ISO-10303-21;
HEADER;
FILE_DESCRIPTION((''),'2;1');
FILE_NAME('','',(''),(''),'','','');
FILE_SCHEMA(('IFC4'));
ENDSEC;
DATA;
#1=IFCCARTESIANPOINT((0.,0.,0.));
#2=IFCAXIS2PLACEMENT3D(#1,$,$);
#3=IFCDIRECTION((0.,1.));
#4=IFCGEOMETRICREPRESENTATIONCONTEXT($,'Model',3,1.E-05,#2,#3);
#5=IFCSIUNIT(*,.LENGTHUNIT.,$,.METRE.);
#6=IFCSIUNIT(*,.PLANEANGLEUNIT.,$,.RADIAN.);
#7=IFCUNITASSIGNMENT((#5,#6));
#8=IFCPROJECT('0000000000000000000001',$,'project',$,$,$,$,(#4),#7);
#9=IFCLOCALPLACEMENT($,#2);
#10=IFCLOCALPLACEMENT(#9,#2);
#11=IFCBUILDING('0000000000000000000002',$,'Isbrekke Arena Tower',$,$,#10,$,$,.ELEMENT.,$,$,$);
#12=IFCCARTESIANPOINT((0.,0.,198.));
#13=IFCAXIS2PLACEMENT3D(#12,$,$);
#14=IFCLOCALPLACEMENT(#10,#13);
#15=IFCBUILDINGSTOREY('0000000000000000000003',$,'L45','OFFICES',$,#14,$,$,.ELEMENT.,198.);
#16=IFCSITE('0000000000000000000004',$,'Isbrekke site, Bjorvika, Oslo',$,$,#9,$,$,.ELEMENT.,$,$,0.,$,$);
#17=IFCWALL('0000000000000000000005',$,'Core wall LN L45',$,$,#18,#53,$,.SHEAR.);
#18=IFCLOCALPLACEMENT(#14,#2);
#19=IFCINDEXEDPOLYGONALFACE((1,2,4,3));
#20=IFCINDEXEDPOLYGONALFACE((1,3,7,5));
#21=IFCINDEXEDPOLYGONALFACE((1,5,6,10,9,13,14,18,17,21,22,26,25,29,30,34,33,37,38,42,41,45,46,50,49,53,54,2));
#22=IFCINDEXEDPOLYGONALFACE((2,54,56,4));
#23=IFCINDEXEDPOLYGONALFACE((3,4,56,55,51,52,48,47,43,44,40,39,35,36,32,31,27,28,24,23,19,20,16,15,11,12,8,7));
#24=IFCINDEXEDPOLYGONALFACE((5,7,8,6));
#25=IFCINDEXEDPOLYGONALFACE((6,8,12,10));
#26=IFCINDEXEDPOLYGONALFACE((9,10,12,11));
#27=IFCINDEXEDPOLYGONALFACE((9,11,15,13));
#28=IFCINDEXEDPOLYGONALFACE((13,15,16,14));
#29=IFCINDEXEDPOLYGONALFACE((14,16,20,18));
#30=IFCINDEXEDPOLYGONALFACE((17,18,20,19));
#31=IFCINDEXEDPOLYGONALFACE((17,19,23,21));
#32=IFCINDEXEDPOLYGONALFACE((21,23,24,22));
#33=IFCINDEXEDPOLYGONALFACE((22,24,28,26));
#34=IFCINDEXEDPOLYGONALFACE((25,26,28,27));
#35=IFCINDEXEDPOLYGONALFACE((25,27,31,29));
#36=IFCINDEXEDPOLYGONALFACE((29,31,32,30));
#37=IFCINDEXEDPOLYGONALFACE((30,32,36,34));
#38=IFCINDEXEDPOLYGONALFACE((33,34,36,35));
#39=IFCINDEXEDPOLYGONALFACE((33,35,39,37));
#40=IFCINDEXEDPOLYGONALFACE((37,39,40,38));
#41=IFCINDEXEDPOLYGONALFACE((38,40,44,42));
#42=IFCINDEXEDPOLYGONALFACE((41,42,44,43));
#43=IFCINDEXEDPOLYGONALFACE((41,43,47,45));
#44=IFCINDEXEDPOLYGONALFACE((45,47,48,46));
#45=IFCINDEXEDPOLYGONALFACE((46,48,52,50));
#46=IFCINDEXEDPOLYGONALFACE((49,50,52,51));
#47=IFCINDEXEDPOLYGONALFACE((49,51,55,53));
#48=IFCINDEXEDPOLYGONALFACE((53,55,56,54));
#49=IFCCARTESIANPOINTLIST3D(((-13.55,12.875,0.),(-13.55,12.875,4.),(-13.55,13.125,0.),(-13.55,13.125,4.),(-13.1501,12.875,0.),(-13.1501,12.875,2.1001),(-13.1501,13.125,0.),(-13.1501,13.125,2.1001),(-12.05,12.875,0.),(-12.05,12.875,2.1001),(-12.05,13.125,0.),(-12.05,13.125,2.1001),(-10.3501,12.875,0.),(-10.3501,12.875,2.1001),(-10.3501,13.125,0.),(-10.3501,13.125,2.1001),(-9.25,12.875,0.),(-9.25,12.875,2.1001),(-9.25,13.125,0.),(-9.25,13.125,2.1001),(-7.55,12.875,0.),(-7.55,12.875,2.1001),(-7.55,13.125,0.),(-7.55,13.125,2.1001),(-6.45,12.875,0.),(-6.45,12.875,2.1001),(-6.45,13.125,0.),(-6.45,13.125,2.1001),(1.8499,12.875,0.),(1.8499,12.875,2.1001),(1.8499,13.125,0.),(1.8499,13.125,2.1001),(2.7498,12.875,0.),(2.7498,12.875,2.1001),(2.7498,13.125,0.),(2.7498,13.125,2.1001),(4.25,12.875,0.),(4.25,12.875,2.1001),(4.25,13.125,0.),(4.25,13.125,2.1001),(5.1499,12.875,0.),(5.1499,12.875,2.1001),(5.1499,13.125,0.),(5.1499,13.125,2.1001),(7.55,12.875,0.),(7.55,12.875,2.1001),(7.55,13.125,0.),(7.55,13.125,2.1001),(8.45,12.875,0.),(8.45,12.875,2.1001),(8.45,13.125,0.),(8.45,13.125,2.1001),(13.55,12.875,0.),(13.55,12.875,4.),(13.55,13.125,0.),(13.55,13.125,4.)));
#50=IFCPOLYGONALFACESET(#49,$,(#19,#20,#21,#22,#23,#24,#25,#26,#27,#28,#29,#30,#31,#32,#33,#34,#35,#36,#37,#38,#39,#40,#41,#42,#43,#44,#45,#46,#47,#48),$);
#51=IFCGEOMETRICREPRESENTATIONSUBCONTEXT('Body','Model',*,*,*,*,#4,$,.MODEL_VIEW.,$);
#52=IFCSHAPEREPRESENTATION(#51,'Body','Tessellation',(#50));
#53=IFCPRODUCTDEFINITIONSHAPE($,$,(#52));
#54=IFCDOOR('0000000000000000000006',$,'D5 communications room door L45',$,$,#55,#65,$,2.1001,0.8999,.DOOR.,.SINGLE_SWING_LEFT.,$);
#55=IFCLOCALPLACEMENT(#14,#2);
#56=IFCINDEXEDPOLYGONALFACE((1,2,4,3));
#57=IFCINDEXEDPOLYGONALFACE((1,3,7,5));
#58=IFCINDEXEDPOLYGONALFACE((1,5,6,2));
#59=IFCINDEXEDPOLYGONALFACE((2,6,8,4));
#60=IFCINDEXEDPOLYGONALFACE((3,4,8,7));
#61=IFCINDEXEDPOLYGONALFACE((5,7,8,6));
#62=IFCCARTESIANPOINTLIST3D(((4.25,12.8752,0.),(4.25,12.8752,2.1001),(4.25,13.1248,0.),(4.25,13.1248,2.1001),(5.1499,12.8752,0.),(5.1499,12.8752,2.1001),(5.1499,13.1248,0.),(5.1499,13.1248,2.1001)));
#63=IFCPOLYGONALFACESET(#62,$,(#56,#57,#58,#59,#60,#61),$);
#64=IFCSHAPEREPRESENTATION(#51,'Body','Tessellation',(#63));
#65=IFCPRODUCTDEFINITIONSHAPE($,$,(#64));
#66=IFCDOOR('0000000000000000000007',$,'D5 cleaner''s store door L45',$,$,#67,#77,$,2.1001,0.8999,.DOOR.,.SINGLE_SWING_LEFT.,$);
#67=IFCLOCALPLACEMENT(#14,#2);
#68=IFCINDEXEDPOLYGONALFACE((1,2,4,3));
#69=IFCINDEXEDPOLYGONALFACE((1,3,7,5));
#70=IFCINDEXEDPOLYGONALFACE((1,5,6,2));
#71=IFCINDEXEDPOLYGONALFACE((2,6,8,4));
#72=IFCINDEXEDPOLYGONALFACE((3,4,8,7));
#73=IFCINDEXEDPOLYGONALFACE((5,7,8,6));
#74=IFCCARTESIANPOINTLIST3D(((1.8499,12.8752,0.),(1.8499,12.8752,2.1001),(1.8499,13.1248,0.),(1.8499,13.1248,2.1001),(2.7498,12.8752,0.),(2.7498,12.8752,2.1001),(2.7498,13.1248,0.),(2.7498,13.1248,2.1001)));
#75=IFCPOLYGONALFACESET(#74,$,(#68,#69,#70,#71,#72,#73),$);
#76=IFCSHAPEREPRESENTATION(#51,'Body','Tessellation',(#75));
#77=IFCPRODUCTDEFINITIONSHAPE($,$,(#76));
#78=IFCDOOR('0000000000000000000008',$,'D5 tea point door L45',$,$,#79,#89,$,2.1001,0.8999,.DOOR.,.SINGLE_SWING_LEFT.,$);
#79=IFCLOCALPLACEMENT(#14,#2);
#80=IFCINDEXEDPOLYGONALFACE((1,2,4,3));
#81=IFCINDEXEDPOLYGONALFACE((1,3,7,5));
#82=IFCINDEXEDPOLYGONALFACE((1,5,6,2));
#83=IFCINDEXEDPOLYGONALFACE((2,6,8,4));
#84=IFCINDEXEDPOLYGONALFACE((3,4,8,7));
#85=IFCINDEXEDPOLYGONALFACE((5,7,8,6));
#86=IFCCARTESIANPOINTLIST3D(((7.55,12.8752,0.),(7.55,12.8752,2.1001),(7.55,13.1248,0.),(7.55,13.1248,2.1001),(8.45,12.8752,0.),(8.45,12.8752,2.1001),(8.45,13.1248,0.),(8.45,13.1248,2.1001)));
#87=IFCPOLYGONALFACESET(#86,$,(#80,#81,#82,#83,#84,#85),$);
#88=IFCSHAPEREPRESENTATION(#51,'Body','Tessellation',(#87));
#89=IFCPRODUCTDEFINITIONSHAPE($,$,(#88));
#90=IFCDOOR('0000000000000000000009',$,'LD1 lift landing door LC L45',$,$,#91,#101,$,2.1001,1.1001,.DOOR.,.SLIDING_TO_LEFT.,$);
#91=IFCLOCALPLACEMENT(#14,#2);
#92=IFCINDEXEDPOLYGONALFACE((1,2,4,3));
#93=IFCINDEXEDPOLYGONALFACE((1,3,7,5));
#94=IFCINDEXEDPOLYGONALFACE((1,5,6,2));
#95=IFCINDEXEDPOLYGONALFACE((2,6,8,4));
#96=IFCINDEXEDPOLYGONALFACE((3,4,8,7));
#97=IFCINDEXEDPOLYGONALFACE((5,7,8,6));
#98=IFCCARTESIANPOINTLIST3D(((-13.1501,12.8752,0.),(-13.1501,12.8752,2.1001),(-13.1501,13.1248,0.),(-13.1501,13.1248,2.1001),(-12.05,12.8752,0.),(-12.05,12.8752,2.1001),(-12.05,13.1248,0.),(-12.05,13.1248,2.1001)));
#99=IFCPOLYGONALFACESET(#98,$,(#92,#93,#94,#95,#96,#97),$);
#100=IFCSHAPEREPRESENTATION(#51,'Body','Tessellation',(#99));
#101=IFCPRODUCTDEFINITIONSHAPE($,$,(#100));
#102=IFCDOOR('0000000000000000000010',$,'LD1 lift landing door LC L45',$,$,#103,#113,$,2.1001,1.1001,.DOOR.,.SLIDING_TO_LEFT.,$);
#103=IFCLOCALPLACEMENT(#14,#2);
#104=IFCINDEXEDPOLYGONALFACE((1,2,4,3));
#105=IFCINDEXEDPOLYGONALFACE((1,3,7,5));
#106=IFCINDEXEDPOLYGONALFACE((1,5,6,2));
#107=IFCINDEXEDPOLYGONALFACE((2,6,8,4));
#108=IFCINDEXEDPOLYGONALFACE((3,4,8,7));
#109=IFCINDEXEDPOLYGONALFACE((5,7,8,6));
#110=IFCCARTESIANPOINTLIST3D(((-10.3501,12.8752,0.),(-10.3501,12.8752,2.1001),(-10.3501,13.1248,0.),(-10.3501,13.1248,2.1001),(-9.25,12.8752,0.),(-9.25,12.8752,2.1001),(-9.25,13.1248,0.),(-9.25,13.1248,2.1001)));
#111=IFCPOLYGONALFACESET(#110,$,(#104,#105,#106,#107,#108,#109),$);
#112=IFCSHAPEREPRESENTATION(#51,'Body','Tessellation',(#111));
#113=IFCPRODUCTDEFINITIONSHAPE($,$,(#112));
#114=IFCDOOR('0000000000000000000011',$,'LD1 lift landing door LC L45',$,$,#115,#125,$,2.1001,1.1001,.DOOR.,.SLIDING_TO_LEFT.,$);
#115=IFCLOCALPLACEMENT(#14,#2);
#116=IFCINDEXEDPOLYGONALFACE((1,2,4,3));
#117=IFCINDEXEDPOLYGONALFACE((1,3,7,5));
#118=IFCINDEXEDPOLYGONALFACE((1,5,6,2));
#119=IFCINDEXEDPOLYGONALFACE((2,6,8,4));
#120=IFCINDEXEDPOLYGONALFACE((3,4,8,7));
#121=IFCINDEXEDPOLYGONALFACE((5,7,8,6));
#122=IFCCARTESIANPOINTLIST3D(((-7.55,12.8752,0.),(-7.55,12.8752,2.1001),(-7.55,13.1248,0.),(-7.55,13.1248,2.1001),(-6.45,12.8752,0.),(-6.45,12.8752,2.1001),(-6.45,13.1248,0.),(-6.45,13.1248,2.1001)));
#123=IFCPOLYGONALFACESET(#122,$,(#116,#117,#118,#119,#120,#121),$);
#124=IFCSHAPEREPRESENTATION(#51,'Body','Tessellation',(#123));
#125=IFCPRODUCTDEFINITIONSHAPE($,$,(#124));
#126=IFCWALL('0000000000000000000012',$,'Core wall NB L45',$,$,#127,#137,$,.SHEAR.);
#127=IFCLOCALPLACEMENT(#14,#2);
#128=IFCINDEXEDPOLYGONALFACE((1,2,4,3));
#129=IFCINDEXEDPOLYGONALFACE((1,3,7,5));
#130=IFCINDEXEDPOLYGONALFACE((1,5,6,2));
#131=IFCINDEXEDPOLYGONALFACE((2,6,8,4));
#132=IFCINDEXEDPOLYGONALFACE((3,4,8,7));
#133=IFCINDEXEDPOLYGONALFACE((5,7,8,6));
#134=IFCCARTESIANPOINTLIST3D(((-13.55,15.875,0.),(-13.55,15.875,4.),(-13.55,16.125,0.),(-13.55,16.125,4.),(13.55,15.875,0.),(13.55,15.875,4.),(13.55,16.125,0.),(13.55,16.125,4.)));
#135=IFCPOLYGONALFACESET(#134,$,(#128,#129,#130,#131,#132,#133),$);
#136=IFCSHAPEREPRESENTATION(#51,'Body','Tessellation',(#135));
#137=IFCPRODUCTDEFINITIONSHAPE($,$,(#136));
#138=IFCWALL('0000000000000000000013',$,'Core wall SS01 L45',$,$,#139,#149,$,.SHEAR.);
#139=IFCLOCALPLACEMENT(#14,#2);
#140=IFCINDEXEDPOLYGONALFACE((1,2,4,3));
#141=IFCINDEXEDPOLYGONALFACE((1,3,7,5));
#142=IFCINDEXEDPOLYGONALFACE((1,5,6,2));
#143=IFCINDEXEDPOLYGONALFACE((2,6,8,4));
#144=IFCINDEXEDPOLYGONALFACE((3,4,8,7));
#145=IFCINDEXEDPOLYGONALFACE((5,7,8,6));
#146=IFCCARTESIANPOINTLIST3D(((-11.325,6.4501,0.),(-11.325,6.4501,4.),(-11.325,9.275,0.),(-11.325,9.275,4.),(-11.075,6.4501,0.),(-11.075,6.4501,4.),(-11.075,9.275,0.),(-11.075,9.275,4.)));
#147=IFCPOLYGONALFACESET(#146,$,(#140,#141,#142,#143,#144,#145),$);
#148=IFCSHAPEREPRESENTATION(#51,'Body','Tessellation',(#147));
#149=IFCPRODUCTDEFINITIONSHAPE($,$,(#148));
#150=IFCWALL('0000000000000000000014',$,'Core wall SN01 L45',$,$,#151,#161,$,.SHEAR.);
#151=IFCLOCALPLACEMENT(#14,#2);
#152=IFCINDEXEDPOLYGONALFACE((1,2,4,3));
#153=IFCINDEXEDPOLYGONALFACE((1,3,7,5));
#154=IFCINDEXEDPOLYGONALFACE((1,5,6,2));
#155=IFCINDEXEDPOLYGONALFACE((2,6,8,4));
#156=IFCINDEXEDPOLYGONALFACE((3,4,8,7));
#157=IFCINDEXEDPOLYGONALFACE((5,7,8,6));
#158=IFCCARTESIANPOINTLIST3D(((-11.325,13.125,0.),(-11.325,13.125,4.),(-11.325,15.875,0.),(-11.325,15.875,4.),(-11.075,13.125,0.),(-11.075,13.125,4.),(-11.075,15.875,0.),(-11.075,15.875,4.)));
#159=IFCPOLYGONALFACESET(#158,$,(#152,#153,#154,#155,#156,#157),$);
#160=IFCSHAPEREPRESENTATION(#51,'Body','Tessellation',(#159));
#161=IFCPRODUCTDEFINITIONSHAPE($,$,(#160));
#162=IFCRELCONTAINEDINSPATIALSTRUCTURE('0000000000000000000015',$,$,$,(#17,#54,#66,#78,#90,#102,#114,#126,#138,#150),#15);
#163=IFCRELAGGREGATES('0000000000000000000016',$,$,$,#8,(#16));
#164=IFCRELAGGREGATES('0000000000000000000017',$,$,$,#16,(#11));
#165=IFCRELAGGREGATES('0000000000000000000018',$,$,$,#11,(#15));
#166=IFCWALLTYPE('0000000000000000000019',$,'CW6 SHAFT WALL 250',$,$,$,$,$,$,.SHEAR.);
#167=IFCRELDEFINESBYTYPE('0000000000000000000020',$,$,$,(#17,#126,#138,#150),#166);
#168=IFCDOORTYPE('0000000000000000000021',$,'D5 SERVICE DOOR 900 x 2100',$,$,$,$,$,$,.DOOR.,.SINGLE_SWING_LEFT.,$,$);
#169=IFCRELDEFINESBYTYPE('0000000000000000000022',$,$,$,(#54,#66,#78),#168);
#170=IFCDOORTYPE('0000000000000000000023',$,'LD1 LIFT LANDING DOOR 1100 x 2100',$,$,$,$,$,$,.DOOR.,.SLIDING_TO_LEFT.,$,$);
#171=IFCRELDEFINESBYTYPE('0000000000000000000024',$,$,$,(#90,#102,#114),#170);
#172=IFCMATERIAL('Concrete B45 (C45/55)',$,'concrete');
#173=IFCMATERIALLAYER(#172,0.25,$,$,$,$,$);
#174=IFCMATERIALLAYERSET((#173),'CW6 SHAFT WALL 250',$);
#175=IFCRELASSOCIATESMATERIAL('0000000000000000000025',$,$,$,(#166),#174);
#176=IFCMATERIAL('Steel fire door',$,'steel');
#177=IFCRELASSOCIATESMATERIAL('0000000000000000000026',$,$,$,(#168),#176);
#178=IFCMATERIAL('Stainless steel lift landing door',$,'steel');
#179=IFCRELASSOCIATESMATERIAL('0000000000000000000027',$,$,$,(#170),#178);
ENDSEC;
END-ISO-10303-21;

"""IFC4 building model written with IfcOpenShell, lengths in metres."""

from ifc_helpers import new_model, si_unit, direction, frame, frame_2d, origin, place, context, subcontext, project, spatial, rectangle, extrude, material, layer, layer_set, type_object, element, fill, save


model = new_model("IFC4")

# Units and contexts
model_context = context("Model", 3, precision=1e-05, world=origin(), true_north=direction((0.0, 1.0)))
body_context = subcontext(model_context, "Body", "Model", "MODEL_VIEW")
ifc_project = project(units=[si_unit("LENGTHUNIT", "METRE"), si_unit("PLANEANGLEUNIT", "RADIAN")], contexts=[model_context])

# Site, building, storey
site_placement = place(None, origin())
site = spatial("IfcSite", under=ifc_project, at=site_placement, Name="Isbrekke site, Bjorvika, Oslo", CompositionType="ELEMENT", RefElevation=0.0)
building_placement = place(site_placement, origin())
building = spatial("IfcBuilding", under=site, at=building_placement, Name="Isbrekke Arena Tower", CompositionType="ELEMENT")
storey_placement = place(building_placement, frame((0.0, 0.0, 198.0)))
storey = spatial("IfcBuildingStorey", under=building, at=storey_placement, Name="L45", Description="OFFICES", CompositionType="ELEMENT", Elevation=198.0)

# Wall, openings, doors
ifc_material_1 = material(Name="Concrete B45 (C45/55)", Category="concrete")
ifc_layer_1 = layer(ifc_material_1, 0.25)
ifc_layer_set_1 = layer_set([ifc_layer_1], Name="CW6 SHAFT WALL 250")
wall_type_1 = type_object("IfcWallType", Name="CW6 SHAFT WALL 250", PredefinedType="SHEAR", material=ifc_layer_set_1)
ifc_material_2 = material(Name="Steel fire door", Category="steel")
door_type_1 = type_object("IfcDoorType", Name="D5 SERVICE DOOR 900 x 2100", OperationType="SINGLE_SWING_LEFT", PredefinedType="DOOR", material=ifc_material_2)
ifc_material_3 = material(Name="Stainless steel lift landing door", Category="steel")
door_type_2 = type_object("IfcDoorType", Name="LD1 LIFT LANDING DOOR 1100 x 2100", OperationType="SLIDING_TO_LEFT", PredefinedType="DOOR", material=ifc_material_3)
wall_1_placement = place(storey_placement, frame((-13.55, 13.0, 0.0), z_axis=(0.0, 0.0, 1.0), x_axis=(1.0, 0.0, 0.0)))
wall_1 = element("IfcWall", 1, at=wall_1_placement, inside=storey, type_object=wall_type_1, Name="Core wall LN L45", PredefinedType="SHEAR", context=body_context, shape_type="SweptSolid", body=[
    extrude(rectangle(XDim=27.1001, YDim=0.25, at=frame_2d((13.55, 0.0))), origin(), (0.0, 0.0, 1.0), 4.0),
])
opening_1_placement = place(wall_1_placement, frame((0.3999, 0.0, 0.0)))
opening_1 = element("IfcOpeningElement", 2, at=opening_1_placement, cuts=wall_1, PredefinedType="OPENING", context=body_context, shape_type="SweptSolid", body=[
    extrude(rectangle(XDim=1.1001, YDim=2.1001, at=frame_2d((0.55, 1.05))), frame((0.0, 0.1399, 0.0), z_axis=(0.0, -1.0, 0.0), x_axis=(1.0, 0.0, 0.0)), (0.0, 0.0, 1.0), 0.2798),
])
opening_2_placement = place(wall_1_placement, frame((3.2, 0.0, 0.0)))
opening_2 = element("IfcOpeningElement", 3, at=opening_2_placement, cuts=wall_1, PredefinedType="OPENING", context=body_context, shape_type="SweptSolid", body=[
    extrude(rectangle(XDim=1.1001, YDim=2.1001, at=frame_2d((0.55, 1.05))), frame((0.0, 0.1399, 0.0), z_axis=(0.0, -1.0, 0.0), x_axis=(1.0, 0.0, 0.0)), (0.0, 0.0, 1.0), 0.2798),
])
opening_3_placement = place(wall_1_placement, frame((6.0, 0.0, 0.0)))
opening_3 = element("IfcOpeningElement", 4, at=opening_3_placement, cuts=wall_1, PredefinedType="OPENING", context=body_context, shape_type="SweptSolid", body=[
    extrude(rectangle(XDim=1.1001, YDim=2.1001, at=frame_2d((0.55, 1.05))), frame((0.0, 0.1399, 0.0), z_axis=(0.0, -1.0, 0.0), x_axis=(1.0, 0.0, 0.0)), (0.0, 0.0, 1.0), 0.2798),
])
opening_4_placement = place(wall_1_placement, frame((17.8, 0.0, 0.0)))
opening_4 = element("IfcOpeningElement", 5, at=opening_4_placement, cuts=wall_1, PredefinedType="OPENING", context=body_context, shape_type="SweptSolid", body=[
    extrude(rectangle(XDim=0.8999, YDim=2.1001, at=frame_2d((0.45, 1.05))), frame((0.0, 0.1399, 0.0), z_axis=(0.0, -1.0, 0.0), x_axis=(1.0, 0.0, 0.0)), (0.0, 0.0, 1.0), 0.2798),
])
opening_5_placement = place(wall_1_placement, frame((15.3999, 0.0, 0.0)))
opening_5 = element("IfcOpeningElement", 6, at=opening_5_placement, cuts=wall_1, PredefinedType="OPENING", context=body_context, shape_type="SweptSolid", body=[
    extrude(rectangle(XDim=0.8999, YDim=2.1001, at=frame_2d((0.45, 1.05))), frame((0.0, 0.1399, 0.0), z_axis=(0.0, -1.0, 0.0), x_axis=(1.0, 0.0, 0.0)), (0.0, 0.0, 1.0), 0.2798),
])
opening_6_placement = place(wall_1_placement, frame((21.1001, 0.0, 0.0)))
opening_6 = element("IfcOpeningElement", 7, at=opening_6_placement, cuts=wall_1, PredefinedType="OPENING", context=body_context, shape_type="SweptSolid", body=[
    extrude(rectangle(XDim=0.8999, YDim=2.1001, at=frame_2d((0.45, 1.05))), frame((0.0, 0.1399, 0.0), z_axis=(0.0, -1.0, 0.0), x_axis=(1.0, 0.0, 0.0)), (0.0, 0.0, 1.0), 0.2798),
])
door_1_placement = place(opening_4_placement, origin())
door_1 = element("IfcDoor", 8, at=door_1_placement, inside=storey, type_object=door_type_1, Name="D5 communications room door L45", OperationType="SINGLE_SWING_LEFT", OverallHeight=2.1001, OverallWidth=0.8999, PredefinedType="DOOR", context=body_context, shape_type="SweptSolid", body=[
    extrude(rectangle(XDim=0.8999, YDim=2.1001, at=frame_2d((0.45, 1.05))), frame((0.0, 0.1248, 0.0), z_axis=(0.0, -1.0, 0.0), x_axis=(1.0, 0.0, 0.0)), (0.0, 0.0, 1.0), 0.2495),
])
fill(opening_4, door_1)
door_2_placement = place(opening_5_placement, origin())
door_2 = element("IfcDoor", 9, at=door_2_placement, inside=storey, type_object=door_type_1, Name="D5 cleaner's store door L45", OperationType="SINGLE_SWING_LEFT", OverallHeight=2.1001, OverallWidth=0.8999, PredefinedType="DOOR", context=body_context, shape_type="SweptSolid", body=[
    extrude(rectangle(XDim=0.8999, YDim=2.1001, at=frame_2d((0.45, 1.05))), frame((0.0, 0.1248, 0.0), z_axis=(0.0, -1.0, 0.0), x_axis=(1.0, 0.0, 0.0)), (0.0, 0.0, 1.0), 0.2495),
])
fill(opening_5, door_2)
door_3_placement = place(opening_6_placement, origin())
door_3 = element("IfcDoor", 10, at=door_3_placement, inside=storey, type_object=door_type_1, Name="D5 tea point door L45", OperationType="SINGLE_SWING_LEFT", OverallHeight=2.1001, OverallWidth=0.8999, PredefinedType="DOOR", context=body_context, shape_type="SweptSolid", body=[
    extrude(rectangle(XDim=0.8999, YDim=2.1001, at=frame_2d((0.45, 1.05))), frame((0.0, 0.1248, 0.0), z_axis=(0.0, -1.0, 0.0), x_axis=(1.0, 0.0, 0.0)), (0.0, 0.0, 1.0), 0.2495),
])
fill(opening_6, door_3)
door_4_placement = place(opening_1_placement, origin())
door_4 = element("IfcDoor", 11, at=door_4_placement, inside=storey, type_object=door_type_2, Name="LD1 lift landing door LC L45", OperationType="SLIDING_TO_LEFT", OverallHeight=2.1001, OverallWidth=1.1001, PredefinedType="DOOR", context=body_context, shape_type="SweptSolid", body=[
    extrude(rectangle(XDim=1.1001, YDim=2.1001, at=frame_2d((0.55, 1.05))), frame((0.0, 0.1248, 0.0), z_axis=(0.0, -1.0, 0.0), x_axis=(1.0, 0.0, 0.0)), (0.0, 0.0, 1.0), 0.2495),
])
fill(opening_1, door_4)
door_5_placement = place(opening_2_placement, origin())
door_5 = element("IfcDoor", 12, at=door_5_placement, inside=storey, type_object=door_type_2, Name="LD1 lift landing door LC L45", OperationType="SLIDING_TO_LEFT", OverallHeight=2.1001, OverallWidth=1.1001, PredefinedType="DOOR", context=body_context, shape_type="SweptSolid", body=[
    extrude(rectangle(XDim=1.1001, YDim=2.1001, at=frame_2d((0.55, 1.05))), frame((0.0, 0.1248, 0.0), z_axis=(0.0, -1.0, 0.0), x_axis=(1.0, 0.0, 0.0)), (0.0, 0.0, 1.0), 0.2495),
])
fill(opening_2, door_5)
door_6_placement = place(opening_3_placement, origin())
door_6 = element("IfcDoor", 13, at=door_6_placement, inside=storey, type_object=door_type_2, Name="LD1 lift landing door LC L45", OperationType="SLIDING_TO_LEFT", OverallHeight=2.1001, OverallWidth=1.1001, PredefinedType="DOOR", context=body_context, shape_type="SweptSolid", body=[
    extrude(rectangle(XDim=1.1001, YDim=2.1001, at=frame_2d((0.55, 1.05))), frame((0.0, 0.1248, 0.0), z_axis=(0.0, -1.0, 0.0), x_axis=(1.0, 0.0, 0.0)), (0.0, 0.0, 1.0), 0.2495),
])
fill(opening_3, door_6)

# Walls
wall_2_placement = place(storey_placement, frame((-13.55, 16.0, 0.0), z_axis=(0.0, 0.0, 1.0), x_axis=(1.0, 0.0, 0.0)))
element("IfcWall", 14, at=wall_2_placement, inside=storey, type_object=wall_type_1, Name="Core wall NB L45", PredefinedType="SHEAR", context=body_context, shape_type="SweptSolid", body=[
    extrude(rectangle(XDim=27.1001, YDim=0.25, at=frame_2d((13.55, 0.0))), origin(), (0.0, 0.0, 1.0), 4.0),
])
wall_3_placement = place(storey_placement, frame((-11.2, 6.45, 0.0), z_axis=(0.0, 0.0, 1.0), x_axis=(0.0, 1.0, 0.0)))
element("IfcWall", 15, at=wall_3_placement, inside=storey, type_object=wall_type_1, Name="Core wall SS01 L45", PredefinedType="SHEAR", context=body_context, shape_type="SweptSolid", body=[
    extrude(rectangle(XDim=2.825, YDim=0.25, at=frame_2d((1.4126, 0.0))), origin(), (0.0, 0.0, 1.0), 4.0),
])
wall_4_placement = place(storey_placement, frame((-11.2, 13.125, 0.0), z_axis=(0.0, 0.0, 1.0), x_axis=(0.0, 1.0, 0.0)))
element("IfcWall", 16, at=wall_4_placement, inside=storey, type_object=wall_type_1, Name="Core wall SN01 L45", PredefinedType="SHEAR", context=body_context, shape_type="SweptSolid", body=[
    extrude(rectangle(XDim=2.75, YDim=0.25, at=frame_2d((1.375, 0.0))), origin(), (0.0, 0.0, 1.0), 4.0),
])

save(model, "model.ifc")
